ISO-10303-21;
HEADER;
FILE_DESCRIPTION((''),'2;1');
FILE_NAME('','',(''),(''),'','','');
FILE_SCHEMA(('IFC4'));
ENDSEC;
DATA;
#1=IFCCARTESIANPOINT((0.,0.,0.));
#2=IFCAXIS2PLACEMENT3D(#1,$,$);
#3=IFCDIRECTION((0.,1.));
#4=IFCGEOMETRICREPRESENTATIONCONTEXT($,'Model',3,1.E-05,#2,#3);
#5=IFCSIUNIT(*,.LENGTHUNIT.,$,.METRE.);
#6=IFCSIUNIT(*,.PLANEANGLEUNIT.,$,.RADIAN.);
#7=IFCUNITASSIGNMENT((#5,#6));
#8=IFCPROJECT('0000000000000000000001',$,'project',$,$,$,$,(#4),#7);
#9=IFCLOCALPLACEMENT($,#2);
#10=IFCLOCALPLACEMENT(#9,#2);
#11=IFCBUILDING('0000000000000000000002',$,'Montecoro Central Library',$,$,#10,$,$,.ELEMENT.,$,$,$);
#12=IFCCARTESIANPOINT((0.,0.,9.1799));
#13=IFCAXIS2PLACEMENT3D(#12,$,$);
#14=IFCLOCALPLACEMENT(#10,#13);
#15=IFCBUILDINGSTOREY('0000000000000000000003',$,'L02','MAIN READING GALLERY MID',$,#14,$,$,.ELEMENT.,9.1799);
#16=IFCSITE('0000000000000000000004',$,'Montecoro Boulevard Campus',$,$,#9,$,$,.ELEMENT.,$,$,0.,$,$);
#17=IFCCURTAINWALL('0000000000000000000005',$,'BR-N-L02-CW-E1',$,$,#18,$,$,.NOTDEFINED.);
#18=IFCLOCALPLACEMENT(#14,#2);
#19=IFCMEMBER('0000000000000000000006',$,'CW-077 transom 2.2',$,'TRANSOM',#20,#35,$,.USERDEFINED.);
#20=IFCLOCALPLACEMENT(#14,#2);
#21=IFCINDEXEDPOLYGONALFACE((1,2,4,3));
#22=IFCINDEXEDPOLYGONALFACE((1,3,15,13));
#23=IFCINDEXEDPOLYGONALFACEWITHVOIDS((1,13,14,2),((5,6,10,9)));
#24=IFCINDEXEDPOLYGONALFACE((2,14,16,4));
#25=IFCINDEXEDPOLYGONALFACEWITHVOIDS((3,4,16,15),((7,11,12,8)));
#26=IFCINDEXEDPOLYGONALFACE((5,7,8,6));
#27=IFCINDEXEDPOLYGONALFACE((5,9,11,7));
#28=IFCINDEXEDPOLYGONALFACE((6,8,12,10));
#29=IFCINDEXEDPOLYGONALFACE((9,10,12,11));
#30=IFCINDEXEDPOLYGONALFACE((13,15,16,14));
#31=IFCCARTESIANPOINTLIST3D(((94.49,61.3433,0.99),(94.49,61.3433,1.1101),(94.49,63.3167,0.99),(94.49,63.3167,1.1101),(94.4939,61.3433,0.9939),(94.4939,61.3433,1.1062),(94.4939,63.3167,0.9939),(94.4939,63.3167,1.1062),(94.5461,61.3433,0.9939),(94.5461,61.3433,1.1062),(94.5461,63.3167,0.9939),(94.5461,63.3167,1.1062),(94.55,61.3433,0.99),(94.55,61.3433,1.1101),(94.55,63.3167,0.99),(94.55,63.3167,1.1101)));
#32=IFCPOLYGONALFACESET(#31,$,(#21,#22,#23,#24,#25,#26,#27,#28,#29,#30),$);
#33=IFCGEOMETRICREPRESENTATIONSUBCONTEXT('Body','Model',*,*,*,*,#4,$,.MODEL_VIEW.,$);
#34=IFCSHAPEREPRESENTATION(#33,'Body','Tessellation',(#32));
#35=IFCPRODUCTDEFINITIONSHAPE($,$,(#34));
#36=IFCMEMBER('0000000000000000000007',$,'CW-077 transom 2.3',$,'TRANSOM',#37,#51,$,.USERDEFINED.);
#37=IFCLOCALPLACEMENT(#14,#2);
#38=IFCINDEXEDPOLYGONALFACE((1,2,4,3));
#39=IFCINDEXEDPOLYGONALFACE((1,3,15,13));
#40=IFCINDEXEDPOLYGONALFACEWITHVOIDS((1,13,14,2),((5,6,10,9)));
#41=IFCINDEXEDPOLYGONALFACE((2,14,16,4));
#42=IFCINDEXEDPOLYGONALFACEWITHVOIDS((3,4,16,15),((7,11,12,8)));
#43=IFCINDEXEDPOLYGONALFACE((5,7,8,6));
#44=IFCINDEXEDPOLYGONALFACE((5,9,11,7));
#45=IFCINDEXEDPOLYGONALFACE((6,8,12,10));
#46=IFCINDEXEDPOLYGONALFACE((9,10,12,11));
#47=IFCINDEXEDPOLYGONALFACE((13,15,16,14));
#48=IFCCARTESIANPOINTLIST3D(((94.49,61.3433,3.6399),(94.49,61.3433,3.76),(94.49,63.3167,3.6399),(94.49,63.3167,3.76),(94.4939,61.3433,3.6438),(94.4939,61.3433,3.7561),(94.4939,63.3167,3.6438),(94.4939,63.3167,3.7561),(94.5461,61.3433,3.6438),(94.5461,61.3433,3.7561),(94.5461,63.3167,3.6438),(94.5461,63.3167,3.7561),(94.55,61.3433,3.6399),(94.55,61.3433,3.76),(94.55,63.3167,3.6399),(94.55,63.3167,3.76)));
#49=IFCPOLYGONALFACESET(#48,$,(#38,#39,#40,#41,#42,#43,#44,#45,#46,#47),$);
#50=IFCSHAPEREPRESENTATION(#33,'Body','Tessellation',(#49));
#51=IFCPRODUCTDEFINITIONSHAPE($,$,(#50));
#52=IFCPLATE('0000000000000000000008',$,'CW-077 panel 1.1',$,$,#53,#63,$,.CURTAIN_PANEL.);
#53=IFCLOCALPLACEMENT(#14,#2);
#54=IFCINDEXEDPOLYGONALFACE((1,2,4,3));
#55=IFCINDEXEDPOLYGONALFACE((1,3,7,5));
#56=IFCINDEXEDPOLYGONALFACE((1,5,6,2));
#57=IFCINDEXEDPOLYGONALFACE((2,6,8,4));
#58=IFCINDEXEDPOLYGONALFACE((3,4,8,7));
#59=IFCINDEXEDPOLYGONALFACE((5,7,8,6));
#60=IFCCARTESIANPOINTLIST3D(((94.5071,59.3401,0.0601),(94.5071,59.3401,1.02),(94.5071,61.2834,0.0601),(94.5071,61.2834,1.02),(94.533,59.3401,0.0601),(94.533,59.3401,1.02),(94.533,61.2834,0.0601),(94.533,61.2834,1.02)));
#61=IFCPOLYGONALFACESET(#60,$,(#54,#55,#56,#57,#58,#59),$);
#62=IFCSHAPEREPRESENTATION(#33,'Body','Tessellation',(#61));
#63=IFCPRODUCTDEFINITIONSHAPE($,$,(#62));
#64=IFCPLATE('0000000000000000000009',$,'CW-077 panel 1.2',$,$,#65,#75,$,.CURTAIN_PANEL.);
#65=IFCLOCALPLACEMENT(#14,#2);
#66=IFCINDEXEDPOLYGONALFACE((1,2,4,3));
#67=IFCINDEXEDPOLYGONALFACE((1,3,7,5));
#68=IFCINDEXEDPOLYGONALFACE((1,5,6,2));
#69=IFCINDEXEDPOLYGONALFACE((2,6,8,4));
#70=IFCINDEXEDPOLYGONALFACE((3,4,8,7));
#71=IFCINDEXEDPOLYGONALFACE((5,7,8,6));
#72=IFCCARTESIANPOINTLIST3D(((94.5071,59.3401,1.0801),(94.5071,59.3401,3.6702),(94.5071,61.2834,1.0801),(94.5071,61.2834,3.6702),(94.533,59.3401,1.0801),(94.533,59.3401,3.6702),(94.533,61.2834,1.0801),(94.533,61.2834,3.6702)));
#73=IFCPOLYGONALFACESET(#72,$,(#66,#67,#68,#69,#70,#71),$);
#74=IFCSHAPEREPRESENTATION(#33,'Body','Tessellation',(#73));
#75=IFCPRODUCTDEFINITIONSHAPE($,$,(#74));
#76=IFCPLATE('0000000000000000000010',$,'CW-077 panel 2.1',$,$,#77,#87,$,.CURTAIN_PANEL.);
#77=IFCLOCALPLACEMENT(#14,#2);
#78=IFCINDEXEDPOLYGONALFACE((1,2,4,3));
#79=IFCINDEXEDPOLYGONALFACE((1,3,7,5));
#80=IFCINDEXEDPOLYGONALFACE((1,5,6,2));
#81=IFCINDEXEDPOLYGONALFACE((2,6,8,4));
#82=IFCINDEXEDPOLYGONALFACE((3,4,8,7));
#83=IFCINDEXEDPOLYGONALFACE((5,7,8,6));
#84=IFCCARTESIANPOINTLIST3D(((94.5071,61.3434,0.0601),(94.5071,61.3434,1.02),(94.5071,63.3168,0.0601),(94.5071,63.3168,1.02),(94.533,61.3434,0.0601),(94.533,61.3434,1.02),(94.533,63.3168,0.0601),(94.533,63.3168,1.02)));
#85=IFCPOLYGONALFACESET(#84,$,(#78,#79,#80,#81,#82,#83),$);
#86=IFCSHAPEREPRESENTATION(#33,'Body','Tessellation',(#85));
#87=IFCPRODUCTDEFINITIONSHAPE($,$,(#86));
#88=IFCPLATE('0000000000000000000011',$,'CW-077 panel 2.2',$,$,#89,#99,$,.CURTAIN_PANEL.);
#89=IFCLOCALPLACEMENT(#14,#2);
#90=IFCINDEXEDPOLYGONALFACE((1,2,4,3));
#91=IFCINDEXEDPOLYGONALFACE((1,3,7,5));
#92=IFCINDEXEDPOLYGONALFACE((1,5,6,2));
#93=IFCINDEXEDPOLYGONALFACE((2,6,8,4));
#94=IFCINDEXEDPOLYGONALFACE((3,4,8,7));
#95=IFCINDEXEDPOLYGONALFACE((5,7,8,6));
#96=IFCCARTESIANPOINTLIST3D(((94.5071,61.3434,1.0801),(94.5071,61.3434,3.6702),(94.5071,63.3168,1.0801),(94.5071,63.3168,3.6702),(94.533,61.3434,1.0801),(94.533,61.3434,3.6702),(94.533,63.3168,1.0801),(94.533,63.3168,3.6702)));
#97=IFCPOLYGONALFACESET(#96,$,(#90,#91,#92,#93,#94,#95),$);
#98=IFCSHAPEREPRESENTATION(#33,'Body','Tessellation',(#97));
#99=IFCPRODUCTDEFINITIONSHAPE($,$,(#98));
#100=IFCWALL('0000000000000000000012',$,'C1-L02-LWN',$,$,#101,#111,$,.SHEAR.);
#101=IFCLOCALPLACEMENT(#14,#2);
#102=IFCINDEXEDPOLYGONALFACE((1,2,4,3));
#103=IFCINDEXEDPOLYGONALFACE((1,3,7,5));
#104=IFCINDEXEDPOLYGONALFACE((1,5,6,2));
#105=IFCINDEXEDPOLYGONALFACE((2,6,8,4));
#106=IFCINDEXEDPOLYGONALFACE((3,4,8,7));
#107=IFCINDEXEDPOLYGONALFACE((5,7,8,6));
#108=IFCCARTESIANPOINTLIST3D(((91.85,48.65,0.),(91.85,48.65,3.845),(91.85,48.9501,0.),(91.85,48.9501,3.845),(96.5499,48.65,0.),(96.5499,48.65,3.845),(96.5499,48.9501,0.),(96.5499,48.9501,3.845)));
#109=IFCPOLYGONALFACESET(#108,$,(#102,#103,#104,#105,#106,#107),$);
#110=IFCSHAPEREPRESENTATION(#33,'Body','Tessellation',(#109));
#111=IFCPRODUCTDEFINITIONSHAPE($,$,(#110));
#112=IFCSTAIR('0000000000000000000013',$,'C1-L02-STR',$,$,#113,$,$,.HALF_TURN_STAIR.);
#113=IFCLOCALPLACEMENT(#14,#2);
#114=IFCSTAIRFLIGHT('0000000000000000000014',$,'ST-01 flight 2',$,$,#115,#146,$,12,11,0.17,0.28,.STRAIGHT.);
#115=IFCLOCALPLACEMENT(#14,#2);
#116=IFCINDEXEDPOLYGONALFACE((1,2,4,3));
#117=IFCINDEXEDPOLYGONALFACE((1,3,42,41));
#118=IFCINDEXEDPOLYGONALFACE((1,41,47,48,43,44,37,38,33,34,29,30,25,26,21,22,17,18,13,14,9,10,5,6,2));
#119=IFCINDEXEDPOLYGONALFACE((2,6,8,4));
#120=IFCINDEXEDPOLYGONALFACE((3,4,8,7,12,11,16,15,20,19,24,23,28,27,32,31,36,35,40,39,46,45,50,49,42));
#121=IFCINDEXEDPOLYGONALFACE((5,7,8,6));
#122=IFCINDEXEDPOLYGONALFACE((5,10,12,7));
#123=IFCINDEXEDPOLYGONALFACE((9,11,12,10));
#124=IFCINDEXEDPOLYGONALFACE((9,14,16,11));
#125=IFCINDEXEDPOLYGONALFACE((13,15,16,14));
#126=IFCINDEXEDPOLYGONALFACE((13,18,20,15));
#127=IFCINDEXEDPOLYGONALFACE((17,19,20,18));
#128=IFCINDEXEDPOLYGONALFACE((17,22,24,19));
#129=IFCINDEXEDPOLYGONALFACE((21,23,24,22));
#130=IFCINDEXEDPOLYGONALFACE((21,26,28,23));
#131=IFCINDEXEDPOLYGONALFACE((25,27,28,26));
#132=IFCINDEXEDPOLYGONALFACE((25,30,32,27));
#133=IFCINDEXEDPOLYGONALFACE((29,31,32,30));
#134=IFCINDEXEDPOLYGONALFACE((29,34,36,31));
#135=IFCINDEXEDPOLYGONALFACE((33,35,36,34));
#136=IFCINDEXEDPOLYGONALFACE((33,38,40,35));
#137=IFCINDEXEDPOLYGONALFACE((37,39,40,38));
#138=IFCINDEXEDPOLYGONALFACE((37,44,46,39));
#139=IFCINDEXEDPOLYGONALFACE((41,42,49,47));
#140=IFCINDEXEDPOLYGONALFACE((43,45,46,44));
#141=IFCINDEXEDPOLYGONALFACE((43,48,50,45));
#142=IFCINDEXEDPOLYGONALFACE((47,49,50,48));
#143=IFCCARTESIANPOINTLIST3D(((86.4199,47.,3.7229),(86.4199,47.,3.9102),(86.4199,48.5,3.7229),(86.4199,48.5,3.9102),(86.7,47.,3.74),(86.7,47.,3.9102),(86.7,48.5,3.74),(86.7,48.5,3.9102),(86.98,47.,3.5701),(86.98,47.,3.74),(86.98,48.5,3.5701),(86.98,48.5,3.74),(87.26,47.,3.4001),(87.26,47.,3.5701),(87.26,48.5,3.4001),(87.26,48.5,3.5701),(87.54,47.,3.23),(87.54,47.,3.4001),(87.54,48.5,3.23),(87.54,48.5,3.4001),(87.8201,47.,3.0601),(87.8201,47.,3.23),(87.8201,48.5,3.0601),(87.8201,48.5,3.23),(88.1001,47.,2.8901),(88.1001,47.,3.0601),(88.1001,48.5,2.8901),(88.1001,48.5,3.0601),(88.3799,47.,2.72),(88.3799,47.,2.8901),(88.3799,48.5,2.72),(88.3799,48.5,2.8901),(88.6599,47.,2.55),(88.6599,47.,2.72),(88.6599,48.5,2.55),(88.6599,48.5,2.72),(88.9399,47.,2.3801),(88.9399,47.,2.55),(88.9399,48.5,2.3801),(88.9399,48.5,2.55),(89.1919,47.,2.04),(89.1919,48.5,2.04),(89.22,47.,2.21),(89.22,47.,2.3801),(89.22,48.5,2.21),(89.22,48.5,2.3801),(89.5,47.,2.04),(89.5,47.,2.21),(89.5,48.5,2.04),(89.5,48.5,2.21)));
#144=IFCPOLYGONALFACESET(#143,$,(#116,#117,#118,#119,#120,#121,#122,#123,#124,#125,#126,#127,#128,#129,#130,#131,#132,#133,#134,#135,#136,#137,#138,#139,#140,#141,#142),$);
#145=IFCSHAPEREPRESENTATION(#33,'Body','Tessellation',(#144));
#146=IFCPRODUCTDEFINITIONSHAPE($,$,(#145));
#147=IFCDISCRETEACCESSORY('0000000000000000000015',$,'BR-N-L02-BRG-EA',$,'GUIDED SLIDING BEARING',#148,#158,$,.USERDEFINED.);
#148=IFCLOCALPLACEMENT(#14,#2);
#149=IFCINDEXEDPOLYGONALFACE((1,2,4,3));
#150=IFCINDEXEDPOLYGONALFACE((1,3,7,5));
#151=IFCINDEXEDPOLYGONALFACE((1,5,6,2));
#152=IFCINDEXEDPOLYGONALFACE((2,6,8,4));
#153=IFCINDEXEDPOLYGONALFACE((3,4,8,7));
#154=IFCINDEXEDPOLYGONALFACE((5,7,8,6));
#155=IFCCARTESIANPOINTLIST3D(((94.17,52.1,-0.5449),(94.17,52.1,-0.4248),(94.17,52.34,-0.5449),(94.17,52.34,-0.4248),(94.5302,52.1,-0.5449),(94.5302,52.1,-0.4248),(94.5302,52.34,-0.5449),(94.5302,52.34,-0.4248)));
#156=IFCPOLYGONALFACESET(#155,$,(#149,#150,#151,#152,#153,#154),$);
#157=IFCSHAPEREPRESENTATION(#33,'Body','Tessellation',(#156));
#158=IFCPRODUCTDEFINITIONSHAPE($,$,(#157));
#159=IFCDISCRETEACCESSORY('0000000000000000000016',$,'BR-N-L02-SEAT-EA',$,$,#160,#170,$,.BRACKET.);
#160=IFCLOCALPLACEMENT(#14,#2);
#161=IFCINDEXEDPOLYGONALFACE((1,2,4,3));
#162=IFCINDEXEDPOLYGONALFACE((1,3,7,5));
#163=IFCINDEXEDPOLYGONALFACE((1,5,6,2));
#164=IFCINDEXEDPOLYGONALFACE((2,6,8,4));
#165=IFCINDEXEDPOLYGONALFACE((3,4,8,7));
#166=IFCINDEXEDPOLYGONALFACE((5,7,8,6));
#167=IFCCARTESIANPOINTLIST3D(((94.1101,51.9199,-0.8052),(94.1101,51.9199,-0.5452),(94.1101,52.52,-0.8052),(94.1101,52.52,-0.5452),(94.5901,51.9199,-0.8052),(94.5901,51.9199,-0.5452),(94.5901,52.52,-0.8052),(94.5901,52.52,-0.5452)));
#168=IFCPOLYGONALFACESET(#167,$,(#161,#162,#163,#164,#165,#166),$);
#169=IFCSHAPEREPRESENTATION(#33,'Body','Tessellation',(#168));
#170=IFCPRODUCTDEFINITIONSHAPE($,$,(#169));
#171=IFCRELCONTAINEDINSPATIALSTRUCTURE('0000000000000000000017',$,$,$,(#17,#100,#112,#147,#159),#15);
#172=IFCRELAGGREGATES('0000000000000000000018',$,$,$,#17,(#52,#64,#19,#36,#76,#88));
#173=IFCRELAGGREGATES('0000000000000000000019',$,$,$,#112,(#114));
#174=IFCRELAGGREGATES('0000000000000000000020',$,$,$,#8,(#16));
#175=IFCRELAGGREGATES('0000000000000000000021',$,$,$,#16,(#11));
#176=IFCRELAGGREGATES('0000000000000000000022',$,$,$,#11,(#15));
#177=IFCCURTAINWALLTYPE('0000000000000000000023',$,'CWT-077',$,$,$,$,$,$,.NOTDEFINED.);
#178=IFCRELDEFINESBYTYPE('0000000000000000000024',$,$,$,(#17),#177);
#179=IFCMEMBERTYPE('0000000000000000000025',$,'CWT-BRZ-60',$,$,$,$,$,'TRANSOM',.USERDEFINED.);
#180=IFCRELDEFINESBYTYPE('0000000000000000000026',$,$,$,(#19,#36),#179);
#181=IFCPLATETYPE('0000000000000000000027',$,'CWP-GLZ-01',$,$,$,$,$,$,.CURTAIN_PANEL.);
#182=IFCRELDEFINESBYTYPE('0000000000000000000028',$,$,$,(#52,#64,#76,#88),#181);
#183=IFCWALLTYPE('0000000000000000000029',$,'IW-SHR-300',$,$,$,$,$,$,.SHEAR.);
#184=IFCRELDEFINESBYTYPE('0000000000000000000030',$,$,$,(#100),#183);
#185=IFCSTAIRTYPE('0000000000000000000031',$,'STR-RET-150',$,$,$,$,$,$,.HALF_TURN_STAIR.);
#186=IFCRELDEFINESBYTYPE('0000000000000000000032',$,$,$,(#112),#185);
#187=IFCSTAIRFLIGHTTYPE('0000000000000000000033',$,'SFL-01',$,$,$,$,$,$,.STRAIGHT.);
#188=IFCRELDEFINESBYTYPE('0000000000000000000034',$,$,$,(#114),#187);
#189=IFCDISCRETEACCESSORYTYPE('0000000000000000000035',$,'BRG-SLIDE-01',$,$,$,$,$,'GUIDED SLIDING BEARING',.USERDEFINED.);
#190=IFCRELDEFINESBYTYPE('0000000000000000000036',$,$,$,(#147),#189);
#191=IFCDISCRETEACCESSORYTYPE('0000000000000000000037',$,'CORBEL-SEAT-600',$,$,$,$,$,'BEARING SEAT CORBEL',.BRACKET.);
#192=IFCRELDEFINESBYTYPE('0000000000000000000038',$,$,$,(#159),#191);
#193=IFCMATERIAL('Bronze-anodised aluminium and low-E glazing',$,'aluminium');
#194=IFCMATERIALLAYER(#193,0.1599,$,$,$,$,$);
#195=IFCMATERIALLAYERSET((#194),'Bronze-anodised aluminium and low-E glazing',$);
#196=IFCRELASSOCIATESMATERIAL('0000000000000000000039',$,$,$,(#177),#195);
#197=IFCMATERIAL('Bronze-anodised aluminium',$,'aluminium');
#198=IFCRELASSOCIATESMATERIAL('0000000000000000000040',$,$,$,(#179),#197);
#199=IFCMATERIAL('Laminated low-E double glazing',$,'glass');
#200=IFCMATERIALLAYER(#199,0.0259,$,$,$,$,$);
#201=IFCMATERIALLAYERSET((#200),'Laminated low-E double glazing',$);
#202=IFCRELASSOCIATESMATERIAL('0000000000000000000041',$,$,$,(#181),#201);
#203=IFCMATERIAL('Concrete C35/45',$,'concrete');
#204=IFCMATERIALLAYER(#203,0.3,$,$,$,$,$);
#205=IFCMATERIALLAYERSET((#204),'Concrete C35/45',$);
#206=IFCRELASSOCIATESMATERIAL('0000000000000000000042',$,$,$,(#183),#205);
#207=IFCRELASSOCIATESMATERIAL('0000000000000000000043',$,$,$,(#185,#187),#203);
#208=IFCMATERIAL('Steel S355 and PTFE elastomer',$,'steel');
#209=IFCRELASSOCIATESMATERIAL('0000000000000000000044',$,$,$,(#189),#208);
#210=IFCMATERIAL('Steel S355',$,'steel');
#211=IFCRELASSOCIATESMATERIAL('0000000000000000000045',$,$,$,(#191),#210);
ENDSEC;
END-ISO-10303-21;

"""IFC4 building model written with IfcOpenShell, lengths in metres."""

from ifc_helpers import new_model, si_unit, direction, frame, frame_2d, origin, origin_2d, place, context, subcontext, project, spatial, polyline, rectangle, hollow_rectangle, outline, extrude, material, layer, layer_set, material_profile, profile_set, type_object, element, aggregate, save


model = new_model("IFC4")

# Units and contexts
model_context = context("Model", 3, precision=1e-05, world=origin(), true_north=direction((0.0, 1.0)))
body_context = subcontext(model_context, "Body", "Model", "MODEL_VIEW")
ifc_project = project(units=[si_unit("LENGTHUNIT", "METRE"), si_unit("PLANEANGLEUNIT", "RADIAN")], contexts=[model_context])

# Site, building, storey
site_placement = place(None, origin())
site = spatial("IfcSite", under=ifc_project, at=site_placement, Name="Montecoro Boulevard Campus", CompositionType="ELEMENT", RefElevation=0.0)
building_placement = place(site_placement, origin())
building = spatial("IfcBuilding", under=site, at=building_placement, Name="Montecoro Central Library", CompositionType="ELEMENT")
storey_placement = place(building_placement, frame((0.0, 0.0, 9.1799)))
storey = spatial("IfcBuildingStorey", under=building, at=storey_placement, Name="L02", Description="MAIN READING GALLERY MID", CompositionType="ELEMENT", Elevation=9.1799)

# Shared definitions
ifc_material_1 = material(Name="Steel S355", Category="steel")

# Curtain wall, members, plates
ifc_material_2 = material(Name="Bronze-anodised aluminium and low-E glazing", Category="aluminium")
ifc_layer_1 = layer(ifc_material_2, 0.1599)
ifc_layer_set_1 = layer_set([ifc_layer_1], Name="Bronze-anodised aluminium and low-E glazing")
curtain_wall_type = type_object("IfcCurtainWallType", Name="CWT-077", PredefinedType="NOTDEFINED", material=ifc_layer_set_1)
curtain_wall_placement = place(storey_placement, origin())
curtain_wall = element("IfcCurtainWall", 1, at=curtain_wall_placement, inside=storey, type_object=curtain_wall_type, Name="BR-N-L02-CW-E1", PredefinedType="NOTDEFINED")
ifc_material_3 = material(Name="Bronze-anodised aluminium", Category="aluminium")
ifc_material_profile_1 = material_profile(ifc_material_3, hollow_rectangle(XDim=0.0601, YDim=0.1201, WallThickness=0.0039, at=origin_2d()), Name="CWT 120x60x4.0")
ifc_profile_set_1 = profile_set([ifc_material_profile_1], Name="Bronze-anodised aluminium")
member_type_1 = type_object("IfcMemberType", Name="CWT-BRZ-60", ElementType="TRANSOM", PredefinedType="USERDEFINED", material=ifc_profile_set_1)
member_1_placement = place(storey_placement, frame((94.52, 61.3433, 1.05), z_axis=(0.0, 1.0, 0.0), x_axis=(-1.0, 0.0, 0.0)))
member_1 = element("IfcMember", 2, at=member_1_placement, type_object=member_type_1, Name="CW-077 transom 2.2", ObjectType="TRANSOM", PredefinedType="USERDEFINED", context=body_context, shape_type="SweptSolid", body=[
    extrude(hollow_rectangle(XDim=0.0601, YDim=0.1201, WallThickness=0.0039, at=origin_2d()), origin(), (0.0, 0.0, 1.0), 1.9734),
])
member_2_placement = place(storey_placement, frame((94.52, 61.3433, 3.7), z_axis=(0.0, 1.0, 0.0), x_axis=(-1.0, 0.0, 0.0)))
member_2 = element("IfcMember", 3, at=member_2_placement, type_object=member_type_1, Name="CW-077 transom 2.3", ObjectType="TRANSOM", PredefinedType="USERDEFINED", context=body_context, shape_type="SweptSolid", body=[
    extrude(hollow_rectangle(XDim=0.0601, YDim=0.1201, WallThickness=0.0039, at=origin_2d()), origin(), (0.0, 0.0, 1.0), 1.9734),
])
ifc_material_4 = material(Name="Laminated low-E double glazing", Category="glass")
ifc_layer_2 = layer(ifc_material_4, 0.0259)
ifc_layer_set_2 = layer_set([ifc_layer_2], Name="Laminated low-E double glazing")
plate_type = type_object("IfcPlateType", Name="CWP-GLZ-01", PredefinedType="CURTAIN_PANEL", material=ifc_layer_set_2)
plate_1_placement = place(storey_placement, frame((94.52, 60.3118, 0.0601), z_axis=(0.0, 0.0, 1.0), x_axis=(0.0, 1.0, 0.0)))
plate_1 = element("IfcPlate", 4, at=plate_1_placement, type_object=plate_type, Name="CW-077 panel 1.1", PredefinedType="CURTAIN_PANEL", context=body_context, shape_type="SweptSolid", body=[
    extrude(rectangle(XDim=1.9434, YDim=0.0259, at=origin_2d()), origin(), (0.0, 0.0, 1.0), 0.96),
])
plate_2_placement = place(storey_placement, frame((94.52, 60.3118, 1.0801), z_axis=(0.0, 0.0, 1.0), x_axis=(0.0, 1.0, 0.0)))
plate_2 = element("IfcPlate", 5, at=plate_2_placement, type_object=plate_type, Name="CW-077 panel 1.2", PredefinedType="CURTAIN_PANEL", context=body_context, shape_type="SweptSolid", body=[
    extrude(rectangle(XDim=1.9434, YDim=0.0259, at=origin_2d()), origin(), (0.0, 0.0, 1.0), 2.5901),
])
plate_3_placement = place(storey_placement, frame((94.52, 62.3301, 0.0601), z_axis=(0.0, 0.0, 1.0), x_axis=(0.0, 1.0, 0.0)))
plate_3 = element("IfcPlate", 6, at=plate_3_placement, type_object=plate_type, Name="CW-077 panel 2.1", PredefinedType="CURTAIN_PANEL", context=body_context, shape_type="SweptSolid", body=[
    extrude(rectangle(XDim=1.9734, YDim=0.0259, at=origin_2d()), origin(), (0.0, 0.0, 1.0), 0.96),
])
plate_4_placement = place(storey_placement, frame((94.52, 62.3301, 1.0801), z_axis=(0.0, 0.0, 1.0), x_axis=(0.0, 1.0, 0.0)))
plate_4 = element("IfcPlate", 7, at=plate_4_placement, type_object=plate_type, Name="CW-077 panel 2.2", PredefinedType="CURTAIN_PANEL", context=body_context, shape_type="SweptSolid", body=[
    extrude(rectangle(XDim=1.9734, YDim=0.0259, at=origin_2d()), origin(), (0.0, 0.0, 1.0), 2.5901),
])
aggregate(curtain_wall, [plate_1, plate_2, member_1, member_2, plate_3, plate_4])

# Wall
ifc_material_5 = material(Name="Concrete C35/45", Category="concrete")
ifc_layer_3 = layer(ifc_material_5, 0.3)
ifc_layer_set_3 = layer_set([ifc_layer_3], Name="Concrete C35/45")
wall_type_1 = type_object("IfcWallType", Name="IW-SHR-300", PredefinedType="SHEAR", material=ifc_layer_set_3)
wall_1_placement = place(storey_placement, frame((96.55, 48.8, 0.0), z_axis=(0.0, 0.0, 1.0), x_axis=(-1.0, 0.0, 0.0)))
element("IfcWall", 8, at=wall_1_placement, inside=storey, type_object=wall_type_1, Name="C1-L02-LWN", PredefinedType="SHEAR", context=body_context, shape_type="SweptSolid", body=[
    extrude(rectangle(XDim=4.7, YDim=0.3, at=frame_2d((2.3501, 0.0))), origin(), (0.0, 0.0, 1.0), 3.845),
])

# Stair, stair flight
stair_type = type_object("IfcStairType", Name="STR-RET-150", PredefinedType="HALF_TURN_STAIR", material=ifc_material_5)
stair_placement = place(storey_placement, origin())
stair = element("IfcStair", 9, at=stair_placement, inside=storey, type_object=stair_type, Name="C1-L02-STR", PredefinedType="HALF_TURN_STAIR")
stair_flight_type = type_object("IfcStairFlightType", Name="SFL-01", PredefinedType="STRAIGHT", material=ifc_material_5)
stair_flight_placement = place(storey_placement, frame((89.5, 47.75, 2.04), z_axis=(0.0, 0.0, 1.0), x_axis=(-1.0, 0.0, 0.0)))
stair_flight = element("IfcStairFlight", 10, at=stair_flight_placement, type_object=stair_flight_type, Name="ST-01 flight 2", NumberOfRisers=12, NumberOfTreads=11, PredefinedType="STRAIGHT", RiserHeight=0.17, TreadLength=0.28, context=body_context, shape_type="SweptSolid", body=[
    extrude(outline(polyline([(0.0, 0.0), (0.0, 0.1699), (0.28, 0.1699), (0.28, 0.3401), (0.5601, 0.3401), (0.5601, 0.51), (0.8401, 0.51), (0.8401, 0.6799), (1.1201, 0.6799), (1.1201, 0.8501), (1.3999, 0.8501), (1.3999, 1.02), (1.6799, 1.02), (1.6799, 1.1899), (1.96, 1.1899), (1.96, 1.3601), (2.24, 1.3601), (2.24, 1.53), (2.52, 1.53), (2.52, 1.7), (2.8, 1.7), (2.8, 1.8701), (3.0801, 1.8701), (3.0801, 2.04), (3.0801, 1.6829), (0.3081, 0.0), (0.0, 0.0)])), frame((0.0, 0.75, 0.0), z_axis=(0.0, -1.0, 0.0), x_axis=(1.0, 0.0, 0.0)), (0.0, 0.0, 1.0), 1.5),
])
aggregate(stair, [stair_flight])

# Discrete accessories
ifc_material_6 = material(Name="Steel S355 and PTFE elastomer", Category="steel")
discrete_accessory_type_1 = type_object("IfcDiscreteAccessoryType", Name="BRG-SLIDE-01", ElementType="GUIDED SLIDING BEARING", PredefinedType="USERDEFINED", material=ifc_material_6)
discrete_accessory_1_placement = place(storey_placement, frame((94.3501, 52.22, -0.5449), z_axis=(0.0, 0.0, 1.0), x_axis=(1.0, 0.0, 0.0)))
element("IfcDiscreteAccessory", 11, at=discrete_accessory_1_placement, inside=storey, type_object=discrete_accessory_type_1, Name="BR-N-L02-BRG-EA", ObjectType="GUIDED SLIDING BEARING", PredefinedType="USERDEFINED", context=body_context, shape_type="SweptSolid", body=[
    extrude(rectangle(XDim=0.3601, YDim=0.24, at=origin_2d()), origin(), (0.0, 0.0, 1.0), 0.1201),
])
discrete_accessory_type_2 = type_object("IfcDiscreteAccessoryType", Name="CORBEL-SEAT-600", ElementType="BEARING SEAT CORBEL", PredefinedType="BRACKET", material=ifc_material_1)
discrete_accessory_2_placement = place(storey_placement, frame((94.3501, 52.22, -0.8052), z_axis=(0.0, 0.0, 1.0), x_axis=(1.0, 0.0, 0.0)))
element("IfcDiscreteAccessory", 12, at=discrete_accessory_2_placement, inside=storey, type_object=discrete_accessory_type_2, Name="BR-N-L02-SEAT-EA", PredefinedType="BRACKET", context=body_context, shape_type="SweptSolid", body=[
    extrude(rectangle(XDim=0.48, YDim=0.6001, at=origin_2d()), origin(), (0.0, 0.0, 1.0), 0.26),
])

save(model, "model.ifc")
